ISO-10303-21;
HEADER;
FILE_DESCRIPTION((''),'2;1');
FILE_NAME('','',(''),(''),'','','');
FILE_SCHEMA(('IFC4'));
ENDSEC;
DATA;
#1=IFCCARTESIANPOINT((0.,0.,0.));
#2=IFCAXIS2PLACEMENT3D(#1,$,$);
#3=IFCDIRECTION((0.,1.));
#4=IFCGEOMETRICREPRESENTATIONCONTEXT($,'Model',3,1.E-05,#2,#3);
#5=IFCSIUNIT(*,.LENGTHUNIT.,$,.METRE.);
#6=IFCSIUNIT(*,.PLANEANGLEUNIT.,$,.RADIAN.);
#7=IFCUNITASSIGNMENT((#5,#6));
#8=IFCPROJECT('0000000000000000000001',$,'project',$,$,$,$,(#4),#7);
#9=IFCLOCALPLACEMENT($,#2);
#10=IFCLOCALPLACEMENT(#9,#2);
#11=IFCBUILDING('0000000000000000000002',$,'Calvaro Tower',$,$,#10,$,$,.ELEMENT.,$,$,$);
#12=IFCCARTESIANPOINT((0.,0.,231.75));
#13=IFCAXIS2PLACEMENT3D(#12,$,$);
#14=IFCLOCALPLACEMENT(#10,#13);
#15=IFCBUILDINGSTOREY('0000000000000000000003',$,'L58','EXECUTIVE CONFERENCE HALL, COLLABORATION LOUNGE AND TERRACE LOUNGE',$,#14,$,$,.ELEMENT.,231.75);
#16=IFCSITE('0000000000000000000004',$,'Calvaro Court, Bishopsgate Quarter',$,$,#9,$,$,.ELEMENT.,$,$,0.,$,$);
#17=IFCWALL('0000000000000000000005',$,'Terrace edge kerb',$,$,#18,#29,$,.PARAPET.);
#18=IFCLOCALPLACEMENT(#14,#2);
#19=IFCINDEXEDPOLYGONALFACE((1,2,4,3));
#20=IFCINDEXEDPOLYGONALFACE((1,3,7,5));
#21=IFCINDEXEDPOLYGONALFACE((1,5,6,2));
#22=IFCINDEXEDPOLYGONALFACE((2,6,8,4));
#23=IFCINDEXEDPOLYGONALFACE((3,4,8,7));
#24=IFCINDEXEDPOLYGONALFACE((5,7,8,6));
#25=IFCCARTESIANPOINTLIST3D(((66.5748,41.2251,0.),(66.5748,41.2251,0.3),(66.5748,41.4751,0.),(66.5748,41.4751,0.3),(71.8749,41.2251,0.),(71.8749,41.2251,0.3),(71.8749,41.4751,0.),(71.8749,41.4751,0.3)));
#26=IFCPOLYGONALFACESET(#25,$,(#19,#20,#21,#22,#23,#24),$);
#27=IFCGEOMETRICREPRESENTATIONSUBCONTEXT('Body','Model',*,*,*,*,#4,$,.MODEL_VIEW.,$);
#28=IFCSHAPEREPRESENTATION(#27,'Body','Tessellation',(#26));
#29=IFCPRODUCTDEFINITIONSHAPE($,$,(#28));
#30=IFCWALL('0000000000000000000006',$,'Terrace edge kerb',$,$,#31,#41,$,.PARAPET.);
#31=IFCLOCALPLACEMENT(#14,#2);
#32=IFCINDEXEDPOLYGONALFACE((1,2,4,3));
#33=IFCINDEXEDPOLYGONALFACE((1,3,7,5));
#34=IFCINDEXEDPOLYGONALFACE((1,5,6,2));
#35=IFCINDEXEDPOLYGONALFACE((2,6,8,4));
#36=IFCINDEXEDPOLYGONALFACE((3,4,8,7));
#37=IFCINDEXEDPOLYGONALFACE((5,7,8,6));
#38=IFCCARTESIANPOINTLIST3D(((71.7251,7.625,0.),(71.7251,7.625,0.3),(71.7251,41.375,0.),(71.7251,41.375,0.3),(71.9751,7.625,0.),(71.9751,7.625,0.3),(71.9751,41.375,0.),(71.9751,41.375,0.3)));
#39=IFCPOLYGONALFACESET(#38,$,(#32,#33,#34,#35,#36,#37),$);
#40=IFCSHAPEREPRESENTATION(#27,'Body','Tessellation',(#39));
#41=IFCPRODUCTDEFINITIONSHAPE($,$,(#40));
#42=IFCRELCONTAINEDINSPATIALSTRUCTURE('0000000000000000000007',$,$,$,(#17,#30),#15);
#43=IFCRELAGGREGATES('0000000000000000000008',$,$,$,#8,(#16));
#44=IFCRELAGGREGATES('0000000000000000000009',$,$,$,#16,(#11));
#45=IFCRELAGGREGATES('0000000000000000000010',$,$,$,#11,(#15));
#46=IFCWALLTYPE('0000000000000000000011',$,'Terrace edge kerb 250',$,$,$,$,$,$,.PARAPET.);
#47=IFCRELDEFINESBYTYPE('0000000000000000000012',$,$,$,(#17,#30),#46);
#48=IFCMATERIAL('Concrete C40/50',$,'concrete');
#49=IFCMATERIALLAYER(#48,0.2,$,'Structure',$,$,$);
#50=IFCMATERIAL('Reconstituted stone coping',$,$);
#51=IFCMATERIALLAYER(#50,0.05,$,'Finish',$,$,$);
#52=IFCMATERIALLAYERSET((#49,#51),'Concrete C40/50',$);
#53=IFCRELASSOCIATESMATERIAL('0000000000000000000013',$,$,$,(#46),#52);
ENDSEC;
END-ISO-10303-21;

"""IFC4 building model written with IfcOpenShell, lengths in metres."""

from ifc_helpers import new_model, si_unit, direction, frame, frame_2d, origin, place, context, subcontext, project, spatial, rectangle, extrude, material, layer, layer_set, type_object, element, save


model = new_model("IFC4")

# Units and contexts
model_context = context("Model", 3, precision=1e-05, world=origin(), true_north=direction((0.0, 1.0)))
body_context = subcontext(model_context, "Body", "Model", "MODEL_VIEW")
ifc_project = project(units=[si_unit("LENGTHUNIT", "METRE"), si_unit("PLANEANGLEUNIT", "RADIAN")], contexts=[model_context])

# Site, building, storey
site_placement = place(None, origin())
site = spatial("IfcSite", under=ifc_project, at=site_placement, Name="Calvaro Court, Bishopsgate Quarter", CompositionType="ELEMENT", RefElevation=0.0)
building_placement = place(site_placement, origin())
building = spatial("IfcBuilding", under=site, at=building_placement, Name="Calvaro Tower", CompositionType="ELEMENT")
storey_placement = place(building_placement, frame((0.0, 0.0, 231.75)))
storey = spatial("IfcBuildingStorey", under=building, at=storey_placement, Name="L58", Description="EXECUTIVE CONFERENCE HALL, COLLABORATION LOUNGE AND TERRACE LOUNGE", CompositionType="ELEMENT", Elevation=231.75)

# Walls
ifc_material_1 = material(Name="Concrete C40/50", Category="concrete")
ifc_layer_1 = layer(ifc_material_1, 0.2, Name="Structure")
ifc_material_2 = material(Name="Reconstituted stone coping")
ifc_layer_2 = layer(ifc_material_2, 0.05, Name="Finish")
ifc_layer_set_1 = layer_set([ifc_layer_1, ifc_layer_2], Name="Concrete C40/50")
wall_type_1 = type_object("IfcWallType", Name="Terrace edge kerb 250", PredefinedType="PARAPET", material=ifc_layer_set_1)
wall_1_placement = place(storey_placement, frame((66.575, 41.3501, 0.0), z_axis=(0.0, 0.0, 1.0), x_axis=(1.0, 0.0, 0.0)))
element("IfcWall", 1, at=wall_1_placement, inside=storey, type_object=wall_type_1, Name="Terrace edge kerb", PredefinedType="PARAPET", context=body_context, shape_type="SweptSolid", body=[
    extrude(rectangle(XDim=5.3, YDim=0.25, at=frame_2d((2.6499, 0.0))), origin(), (0.0, 0.0, 1.0), 0.3),
])
wall_2_placement = place(storey_placement, frame((71.8501, 41.375, 0.0), z_axis=(0.0, 0.0, 1.0), x_axis=(0.0, -1.0, 0.0)))
element("IfcWall", 2, at=wall_2_placement, inside=storey, type_object=wall_type_1, Name="Terrace edge kerb", PredefinedType="PARAPET", context=body_context, shape_type="SweptSolid", body=[
    extrude(rectangle(XDim=33.75, YDim=0.25, at=frame_2d((16.875, 0.0))), origin(), (0.0, 0.0, 1.0), 0.3),
])

save(model, "model.ifc")
